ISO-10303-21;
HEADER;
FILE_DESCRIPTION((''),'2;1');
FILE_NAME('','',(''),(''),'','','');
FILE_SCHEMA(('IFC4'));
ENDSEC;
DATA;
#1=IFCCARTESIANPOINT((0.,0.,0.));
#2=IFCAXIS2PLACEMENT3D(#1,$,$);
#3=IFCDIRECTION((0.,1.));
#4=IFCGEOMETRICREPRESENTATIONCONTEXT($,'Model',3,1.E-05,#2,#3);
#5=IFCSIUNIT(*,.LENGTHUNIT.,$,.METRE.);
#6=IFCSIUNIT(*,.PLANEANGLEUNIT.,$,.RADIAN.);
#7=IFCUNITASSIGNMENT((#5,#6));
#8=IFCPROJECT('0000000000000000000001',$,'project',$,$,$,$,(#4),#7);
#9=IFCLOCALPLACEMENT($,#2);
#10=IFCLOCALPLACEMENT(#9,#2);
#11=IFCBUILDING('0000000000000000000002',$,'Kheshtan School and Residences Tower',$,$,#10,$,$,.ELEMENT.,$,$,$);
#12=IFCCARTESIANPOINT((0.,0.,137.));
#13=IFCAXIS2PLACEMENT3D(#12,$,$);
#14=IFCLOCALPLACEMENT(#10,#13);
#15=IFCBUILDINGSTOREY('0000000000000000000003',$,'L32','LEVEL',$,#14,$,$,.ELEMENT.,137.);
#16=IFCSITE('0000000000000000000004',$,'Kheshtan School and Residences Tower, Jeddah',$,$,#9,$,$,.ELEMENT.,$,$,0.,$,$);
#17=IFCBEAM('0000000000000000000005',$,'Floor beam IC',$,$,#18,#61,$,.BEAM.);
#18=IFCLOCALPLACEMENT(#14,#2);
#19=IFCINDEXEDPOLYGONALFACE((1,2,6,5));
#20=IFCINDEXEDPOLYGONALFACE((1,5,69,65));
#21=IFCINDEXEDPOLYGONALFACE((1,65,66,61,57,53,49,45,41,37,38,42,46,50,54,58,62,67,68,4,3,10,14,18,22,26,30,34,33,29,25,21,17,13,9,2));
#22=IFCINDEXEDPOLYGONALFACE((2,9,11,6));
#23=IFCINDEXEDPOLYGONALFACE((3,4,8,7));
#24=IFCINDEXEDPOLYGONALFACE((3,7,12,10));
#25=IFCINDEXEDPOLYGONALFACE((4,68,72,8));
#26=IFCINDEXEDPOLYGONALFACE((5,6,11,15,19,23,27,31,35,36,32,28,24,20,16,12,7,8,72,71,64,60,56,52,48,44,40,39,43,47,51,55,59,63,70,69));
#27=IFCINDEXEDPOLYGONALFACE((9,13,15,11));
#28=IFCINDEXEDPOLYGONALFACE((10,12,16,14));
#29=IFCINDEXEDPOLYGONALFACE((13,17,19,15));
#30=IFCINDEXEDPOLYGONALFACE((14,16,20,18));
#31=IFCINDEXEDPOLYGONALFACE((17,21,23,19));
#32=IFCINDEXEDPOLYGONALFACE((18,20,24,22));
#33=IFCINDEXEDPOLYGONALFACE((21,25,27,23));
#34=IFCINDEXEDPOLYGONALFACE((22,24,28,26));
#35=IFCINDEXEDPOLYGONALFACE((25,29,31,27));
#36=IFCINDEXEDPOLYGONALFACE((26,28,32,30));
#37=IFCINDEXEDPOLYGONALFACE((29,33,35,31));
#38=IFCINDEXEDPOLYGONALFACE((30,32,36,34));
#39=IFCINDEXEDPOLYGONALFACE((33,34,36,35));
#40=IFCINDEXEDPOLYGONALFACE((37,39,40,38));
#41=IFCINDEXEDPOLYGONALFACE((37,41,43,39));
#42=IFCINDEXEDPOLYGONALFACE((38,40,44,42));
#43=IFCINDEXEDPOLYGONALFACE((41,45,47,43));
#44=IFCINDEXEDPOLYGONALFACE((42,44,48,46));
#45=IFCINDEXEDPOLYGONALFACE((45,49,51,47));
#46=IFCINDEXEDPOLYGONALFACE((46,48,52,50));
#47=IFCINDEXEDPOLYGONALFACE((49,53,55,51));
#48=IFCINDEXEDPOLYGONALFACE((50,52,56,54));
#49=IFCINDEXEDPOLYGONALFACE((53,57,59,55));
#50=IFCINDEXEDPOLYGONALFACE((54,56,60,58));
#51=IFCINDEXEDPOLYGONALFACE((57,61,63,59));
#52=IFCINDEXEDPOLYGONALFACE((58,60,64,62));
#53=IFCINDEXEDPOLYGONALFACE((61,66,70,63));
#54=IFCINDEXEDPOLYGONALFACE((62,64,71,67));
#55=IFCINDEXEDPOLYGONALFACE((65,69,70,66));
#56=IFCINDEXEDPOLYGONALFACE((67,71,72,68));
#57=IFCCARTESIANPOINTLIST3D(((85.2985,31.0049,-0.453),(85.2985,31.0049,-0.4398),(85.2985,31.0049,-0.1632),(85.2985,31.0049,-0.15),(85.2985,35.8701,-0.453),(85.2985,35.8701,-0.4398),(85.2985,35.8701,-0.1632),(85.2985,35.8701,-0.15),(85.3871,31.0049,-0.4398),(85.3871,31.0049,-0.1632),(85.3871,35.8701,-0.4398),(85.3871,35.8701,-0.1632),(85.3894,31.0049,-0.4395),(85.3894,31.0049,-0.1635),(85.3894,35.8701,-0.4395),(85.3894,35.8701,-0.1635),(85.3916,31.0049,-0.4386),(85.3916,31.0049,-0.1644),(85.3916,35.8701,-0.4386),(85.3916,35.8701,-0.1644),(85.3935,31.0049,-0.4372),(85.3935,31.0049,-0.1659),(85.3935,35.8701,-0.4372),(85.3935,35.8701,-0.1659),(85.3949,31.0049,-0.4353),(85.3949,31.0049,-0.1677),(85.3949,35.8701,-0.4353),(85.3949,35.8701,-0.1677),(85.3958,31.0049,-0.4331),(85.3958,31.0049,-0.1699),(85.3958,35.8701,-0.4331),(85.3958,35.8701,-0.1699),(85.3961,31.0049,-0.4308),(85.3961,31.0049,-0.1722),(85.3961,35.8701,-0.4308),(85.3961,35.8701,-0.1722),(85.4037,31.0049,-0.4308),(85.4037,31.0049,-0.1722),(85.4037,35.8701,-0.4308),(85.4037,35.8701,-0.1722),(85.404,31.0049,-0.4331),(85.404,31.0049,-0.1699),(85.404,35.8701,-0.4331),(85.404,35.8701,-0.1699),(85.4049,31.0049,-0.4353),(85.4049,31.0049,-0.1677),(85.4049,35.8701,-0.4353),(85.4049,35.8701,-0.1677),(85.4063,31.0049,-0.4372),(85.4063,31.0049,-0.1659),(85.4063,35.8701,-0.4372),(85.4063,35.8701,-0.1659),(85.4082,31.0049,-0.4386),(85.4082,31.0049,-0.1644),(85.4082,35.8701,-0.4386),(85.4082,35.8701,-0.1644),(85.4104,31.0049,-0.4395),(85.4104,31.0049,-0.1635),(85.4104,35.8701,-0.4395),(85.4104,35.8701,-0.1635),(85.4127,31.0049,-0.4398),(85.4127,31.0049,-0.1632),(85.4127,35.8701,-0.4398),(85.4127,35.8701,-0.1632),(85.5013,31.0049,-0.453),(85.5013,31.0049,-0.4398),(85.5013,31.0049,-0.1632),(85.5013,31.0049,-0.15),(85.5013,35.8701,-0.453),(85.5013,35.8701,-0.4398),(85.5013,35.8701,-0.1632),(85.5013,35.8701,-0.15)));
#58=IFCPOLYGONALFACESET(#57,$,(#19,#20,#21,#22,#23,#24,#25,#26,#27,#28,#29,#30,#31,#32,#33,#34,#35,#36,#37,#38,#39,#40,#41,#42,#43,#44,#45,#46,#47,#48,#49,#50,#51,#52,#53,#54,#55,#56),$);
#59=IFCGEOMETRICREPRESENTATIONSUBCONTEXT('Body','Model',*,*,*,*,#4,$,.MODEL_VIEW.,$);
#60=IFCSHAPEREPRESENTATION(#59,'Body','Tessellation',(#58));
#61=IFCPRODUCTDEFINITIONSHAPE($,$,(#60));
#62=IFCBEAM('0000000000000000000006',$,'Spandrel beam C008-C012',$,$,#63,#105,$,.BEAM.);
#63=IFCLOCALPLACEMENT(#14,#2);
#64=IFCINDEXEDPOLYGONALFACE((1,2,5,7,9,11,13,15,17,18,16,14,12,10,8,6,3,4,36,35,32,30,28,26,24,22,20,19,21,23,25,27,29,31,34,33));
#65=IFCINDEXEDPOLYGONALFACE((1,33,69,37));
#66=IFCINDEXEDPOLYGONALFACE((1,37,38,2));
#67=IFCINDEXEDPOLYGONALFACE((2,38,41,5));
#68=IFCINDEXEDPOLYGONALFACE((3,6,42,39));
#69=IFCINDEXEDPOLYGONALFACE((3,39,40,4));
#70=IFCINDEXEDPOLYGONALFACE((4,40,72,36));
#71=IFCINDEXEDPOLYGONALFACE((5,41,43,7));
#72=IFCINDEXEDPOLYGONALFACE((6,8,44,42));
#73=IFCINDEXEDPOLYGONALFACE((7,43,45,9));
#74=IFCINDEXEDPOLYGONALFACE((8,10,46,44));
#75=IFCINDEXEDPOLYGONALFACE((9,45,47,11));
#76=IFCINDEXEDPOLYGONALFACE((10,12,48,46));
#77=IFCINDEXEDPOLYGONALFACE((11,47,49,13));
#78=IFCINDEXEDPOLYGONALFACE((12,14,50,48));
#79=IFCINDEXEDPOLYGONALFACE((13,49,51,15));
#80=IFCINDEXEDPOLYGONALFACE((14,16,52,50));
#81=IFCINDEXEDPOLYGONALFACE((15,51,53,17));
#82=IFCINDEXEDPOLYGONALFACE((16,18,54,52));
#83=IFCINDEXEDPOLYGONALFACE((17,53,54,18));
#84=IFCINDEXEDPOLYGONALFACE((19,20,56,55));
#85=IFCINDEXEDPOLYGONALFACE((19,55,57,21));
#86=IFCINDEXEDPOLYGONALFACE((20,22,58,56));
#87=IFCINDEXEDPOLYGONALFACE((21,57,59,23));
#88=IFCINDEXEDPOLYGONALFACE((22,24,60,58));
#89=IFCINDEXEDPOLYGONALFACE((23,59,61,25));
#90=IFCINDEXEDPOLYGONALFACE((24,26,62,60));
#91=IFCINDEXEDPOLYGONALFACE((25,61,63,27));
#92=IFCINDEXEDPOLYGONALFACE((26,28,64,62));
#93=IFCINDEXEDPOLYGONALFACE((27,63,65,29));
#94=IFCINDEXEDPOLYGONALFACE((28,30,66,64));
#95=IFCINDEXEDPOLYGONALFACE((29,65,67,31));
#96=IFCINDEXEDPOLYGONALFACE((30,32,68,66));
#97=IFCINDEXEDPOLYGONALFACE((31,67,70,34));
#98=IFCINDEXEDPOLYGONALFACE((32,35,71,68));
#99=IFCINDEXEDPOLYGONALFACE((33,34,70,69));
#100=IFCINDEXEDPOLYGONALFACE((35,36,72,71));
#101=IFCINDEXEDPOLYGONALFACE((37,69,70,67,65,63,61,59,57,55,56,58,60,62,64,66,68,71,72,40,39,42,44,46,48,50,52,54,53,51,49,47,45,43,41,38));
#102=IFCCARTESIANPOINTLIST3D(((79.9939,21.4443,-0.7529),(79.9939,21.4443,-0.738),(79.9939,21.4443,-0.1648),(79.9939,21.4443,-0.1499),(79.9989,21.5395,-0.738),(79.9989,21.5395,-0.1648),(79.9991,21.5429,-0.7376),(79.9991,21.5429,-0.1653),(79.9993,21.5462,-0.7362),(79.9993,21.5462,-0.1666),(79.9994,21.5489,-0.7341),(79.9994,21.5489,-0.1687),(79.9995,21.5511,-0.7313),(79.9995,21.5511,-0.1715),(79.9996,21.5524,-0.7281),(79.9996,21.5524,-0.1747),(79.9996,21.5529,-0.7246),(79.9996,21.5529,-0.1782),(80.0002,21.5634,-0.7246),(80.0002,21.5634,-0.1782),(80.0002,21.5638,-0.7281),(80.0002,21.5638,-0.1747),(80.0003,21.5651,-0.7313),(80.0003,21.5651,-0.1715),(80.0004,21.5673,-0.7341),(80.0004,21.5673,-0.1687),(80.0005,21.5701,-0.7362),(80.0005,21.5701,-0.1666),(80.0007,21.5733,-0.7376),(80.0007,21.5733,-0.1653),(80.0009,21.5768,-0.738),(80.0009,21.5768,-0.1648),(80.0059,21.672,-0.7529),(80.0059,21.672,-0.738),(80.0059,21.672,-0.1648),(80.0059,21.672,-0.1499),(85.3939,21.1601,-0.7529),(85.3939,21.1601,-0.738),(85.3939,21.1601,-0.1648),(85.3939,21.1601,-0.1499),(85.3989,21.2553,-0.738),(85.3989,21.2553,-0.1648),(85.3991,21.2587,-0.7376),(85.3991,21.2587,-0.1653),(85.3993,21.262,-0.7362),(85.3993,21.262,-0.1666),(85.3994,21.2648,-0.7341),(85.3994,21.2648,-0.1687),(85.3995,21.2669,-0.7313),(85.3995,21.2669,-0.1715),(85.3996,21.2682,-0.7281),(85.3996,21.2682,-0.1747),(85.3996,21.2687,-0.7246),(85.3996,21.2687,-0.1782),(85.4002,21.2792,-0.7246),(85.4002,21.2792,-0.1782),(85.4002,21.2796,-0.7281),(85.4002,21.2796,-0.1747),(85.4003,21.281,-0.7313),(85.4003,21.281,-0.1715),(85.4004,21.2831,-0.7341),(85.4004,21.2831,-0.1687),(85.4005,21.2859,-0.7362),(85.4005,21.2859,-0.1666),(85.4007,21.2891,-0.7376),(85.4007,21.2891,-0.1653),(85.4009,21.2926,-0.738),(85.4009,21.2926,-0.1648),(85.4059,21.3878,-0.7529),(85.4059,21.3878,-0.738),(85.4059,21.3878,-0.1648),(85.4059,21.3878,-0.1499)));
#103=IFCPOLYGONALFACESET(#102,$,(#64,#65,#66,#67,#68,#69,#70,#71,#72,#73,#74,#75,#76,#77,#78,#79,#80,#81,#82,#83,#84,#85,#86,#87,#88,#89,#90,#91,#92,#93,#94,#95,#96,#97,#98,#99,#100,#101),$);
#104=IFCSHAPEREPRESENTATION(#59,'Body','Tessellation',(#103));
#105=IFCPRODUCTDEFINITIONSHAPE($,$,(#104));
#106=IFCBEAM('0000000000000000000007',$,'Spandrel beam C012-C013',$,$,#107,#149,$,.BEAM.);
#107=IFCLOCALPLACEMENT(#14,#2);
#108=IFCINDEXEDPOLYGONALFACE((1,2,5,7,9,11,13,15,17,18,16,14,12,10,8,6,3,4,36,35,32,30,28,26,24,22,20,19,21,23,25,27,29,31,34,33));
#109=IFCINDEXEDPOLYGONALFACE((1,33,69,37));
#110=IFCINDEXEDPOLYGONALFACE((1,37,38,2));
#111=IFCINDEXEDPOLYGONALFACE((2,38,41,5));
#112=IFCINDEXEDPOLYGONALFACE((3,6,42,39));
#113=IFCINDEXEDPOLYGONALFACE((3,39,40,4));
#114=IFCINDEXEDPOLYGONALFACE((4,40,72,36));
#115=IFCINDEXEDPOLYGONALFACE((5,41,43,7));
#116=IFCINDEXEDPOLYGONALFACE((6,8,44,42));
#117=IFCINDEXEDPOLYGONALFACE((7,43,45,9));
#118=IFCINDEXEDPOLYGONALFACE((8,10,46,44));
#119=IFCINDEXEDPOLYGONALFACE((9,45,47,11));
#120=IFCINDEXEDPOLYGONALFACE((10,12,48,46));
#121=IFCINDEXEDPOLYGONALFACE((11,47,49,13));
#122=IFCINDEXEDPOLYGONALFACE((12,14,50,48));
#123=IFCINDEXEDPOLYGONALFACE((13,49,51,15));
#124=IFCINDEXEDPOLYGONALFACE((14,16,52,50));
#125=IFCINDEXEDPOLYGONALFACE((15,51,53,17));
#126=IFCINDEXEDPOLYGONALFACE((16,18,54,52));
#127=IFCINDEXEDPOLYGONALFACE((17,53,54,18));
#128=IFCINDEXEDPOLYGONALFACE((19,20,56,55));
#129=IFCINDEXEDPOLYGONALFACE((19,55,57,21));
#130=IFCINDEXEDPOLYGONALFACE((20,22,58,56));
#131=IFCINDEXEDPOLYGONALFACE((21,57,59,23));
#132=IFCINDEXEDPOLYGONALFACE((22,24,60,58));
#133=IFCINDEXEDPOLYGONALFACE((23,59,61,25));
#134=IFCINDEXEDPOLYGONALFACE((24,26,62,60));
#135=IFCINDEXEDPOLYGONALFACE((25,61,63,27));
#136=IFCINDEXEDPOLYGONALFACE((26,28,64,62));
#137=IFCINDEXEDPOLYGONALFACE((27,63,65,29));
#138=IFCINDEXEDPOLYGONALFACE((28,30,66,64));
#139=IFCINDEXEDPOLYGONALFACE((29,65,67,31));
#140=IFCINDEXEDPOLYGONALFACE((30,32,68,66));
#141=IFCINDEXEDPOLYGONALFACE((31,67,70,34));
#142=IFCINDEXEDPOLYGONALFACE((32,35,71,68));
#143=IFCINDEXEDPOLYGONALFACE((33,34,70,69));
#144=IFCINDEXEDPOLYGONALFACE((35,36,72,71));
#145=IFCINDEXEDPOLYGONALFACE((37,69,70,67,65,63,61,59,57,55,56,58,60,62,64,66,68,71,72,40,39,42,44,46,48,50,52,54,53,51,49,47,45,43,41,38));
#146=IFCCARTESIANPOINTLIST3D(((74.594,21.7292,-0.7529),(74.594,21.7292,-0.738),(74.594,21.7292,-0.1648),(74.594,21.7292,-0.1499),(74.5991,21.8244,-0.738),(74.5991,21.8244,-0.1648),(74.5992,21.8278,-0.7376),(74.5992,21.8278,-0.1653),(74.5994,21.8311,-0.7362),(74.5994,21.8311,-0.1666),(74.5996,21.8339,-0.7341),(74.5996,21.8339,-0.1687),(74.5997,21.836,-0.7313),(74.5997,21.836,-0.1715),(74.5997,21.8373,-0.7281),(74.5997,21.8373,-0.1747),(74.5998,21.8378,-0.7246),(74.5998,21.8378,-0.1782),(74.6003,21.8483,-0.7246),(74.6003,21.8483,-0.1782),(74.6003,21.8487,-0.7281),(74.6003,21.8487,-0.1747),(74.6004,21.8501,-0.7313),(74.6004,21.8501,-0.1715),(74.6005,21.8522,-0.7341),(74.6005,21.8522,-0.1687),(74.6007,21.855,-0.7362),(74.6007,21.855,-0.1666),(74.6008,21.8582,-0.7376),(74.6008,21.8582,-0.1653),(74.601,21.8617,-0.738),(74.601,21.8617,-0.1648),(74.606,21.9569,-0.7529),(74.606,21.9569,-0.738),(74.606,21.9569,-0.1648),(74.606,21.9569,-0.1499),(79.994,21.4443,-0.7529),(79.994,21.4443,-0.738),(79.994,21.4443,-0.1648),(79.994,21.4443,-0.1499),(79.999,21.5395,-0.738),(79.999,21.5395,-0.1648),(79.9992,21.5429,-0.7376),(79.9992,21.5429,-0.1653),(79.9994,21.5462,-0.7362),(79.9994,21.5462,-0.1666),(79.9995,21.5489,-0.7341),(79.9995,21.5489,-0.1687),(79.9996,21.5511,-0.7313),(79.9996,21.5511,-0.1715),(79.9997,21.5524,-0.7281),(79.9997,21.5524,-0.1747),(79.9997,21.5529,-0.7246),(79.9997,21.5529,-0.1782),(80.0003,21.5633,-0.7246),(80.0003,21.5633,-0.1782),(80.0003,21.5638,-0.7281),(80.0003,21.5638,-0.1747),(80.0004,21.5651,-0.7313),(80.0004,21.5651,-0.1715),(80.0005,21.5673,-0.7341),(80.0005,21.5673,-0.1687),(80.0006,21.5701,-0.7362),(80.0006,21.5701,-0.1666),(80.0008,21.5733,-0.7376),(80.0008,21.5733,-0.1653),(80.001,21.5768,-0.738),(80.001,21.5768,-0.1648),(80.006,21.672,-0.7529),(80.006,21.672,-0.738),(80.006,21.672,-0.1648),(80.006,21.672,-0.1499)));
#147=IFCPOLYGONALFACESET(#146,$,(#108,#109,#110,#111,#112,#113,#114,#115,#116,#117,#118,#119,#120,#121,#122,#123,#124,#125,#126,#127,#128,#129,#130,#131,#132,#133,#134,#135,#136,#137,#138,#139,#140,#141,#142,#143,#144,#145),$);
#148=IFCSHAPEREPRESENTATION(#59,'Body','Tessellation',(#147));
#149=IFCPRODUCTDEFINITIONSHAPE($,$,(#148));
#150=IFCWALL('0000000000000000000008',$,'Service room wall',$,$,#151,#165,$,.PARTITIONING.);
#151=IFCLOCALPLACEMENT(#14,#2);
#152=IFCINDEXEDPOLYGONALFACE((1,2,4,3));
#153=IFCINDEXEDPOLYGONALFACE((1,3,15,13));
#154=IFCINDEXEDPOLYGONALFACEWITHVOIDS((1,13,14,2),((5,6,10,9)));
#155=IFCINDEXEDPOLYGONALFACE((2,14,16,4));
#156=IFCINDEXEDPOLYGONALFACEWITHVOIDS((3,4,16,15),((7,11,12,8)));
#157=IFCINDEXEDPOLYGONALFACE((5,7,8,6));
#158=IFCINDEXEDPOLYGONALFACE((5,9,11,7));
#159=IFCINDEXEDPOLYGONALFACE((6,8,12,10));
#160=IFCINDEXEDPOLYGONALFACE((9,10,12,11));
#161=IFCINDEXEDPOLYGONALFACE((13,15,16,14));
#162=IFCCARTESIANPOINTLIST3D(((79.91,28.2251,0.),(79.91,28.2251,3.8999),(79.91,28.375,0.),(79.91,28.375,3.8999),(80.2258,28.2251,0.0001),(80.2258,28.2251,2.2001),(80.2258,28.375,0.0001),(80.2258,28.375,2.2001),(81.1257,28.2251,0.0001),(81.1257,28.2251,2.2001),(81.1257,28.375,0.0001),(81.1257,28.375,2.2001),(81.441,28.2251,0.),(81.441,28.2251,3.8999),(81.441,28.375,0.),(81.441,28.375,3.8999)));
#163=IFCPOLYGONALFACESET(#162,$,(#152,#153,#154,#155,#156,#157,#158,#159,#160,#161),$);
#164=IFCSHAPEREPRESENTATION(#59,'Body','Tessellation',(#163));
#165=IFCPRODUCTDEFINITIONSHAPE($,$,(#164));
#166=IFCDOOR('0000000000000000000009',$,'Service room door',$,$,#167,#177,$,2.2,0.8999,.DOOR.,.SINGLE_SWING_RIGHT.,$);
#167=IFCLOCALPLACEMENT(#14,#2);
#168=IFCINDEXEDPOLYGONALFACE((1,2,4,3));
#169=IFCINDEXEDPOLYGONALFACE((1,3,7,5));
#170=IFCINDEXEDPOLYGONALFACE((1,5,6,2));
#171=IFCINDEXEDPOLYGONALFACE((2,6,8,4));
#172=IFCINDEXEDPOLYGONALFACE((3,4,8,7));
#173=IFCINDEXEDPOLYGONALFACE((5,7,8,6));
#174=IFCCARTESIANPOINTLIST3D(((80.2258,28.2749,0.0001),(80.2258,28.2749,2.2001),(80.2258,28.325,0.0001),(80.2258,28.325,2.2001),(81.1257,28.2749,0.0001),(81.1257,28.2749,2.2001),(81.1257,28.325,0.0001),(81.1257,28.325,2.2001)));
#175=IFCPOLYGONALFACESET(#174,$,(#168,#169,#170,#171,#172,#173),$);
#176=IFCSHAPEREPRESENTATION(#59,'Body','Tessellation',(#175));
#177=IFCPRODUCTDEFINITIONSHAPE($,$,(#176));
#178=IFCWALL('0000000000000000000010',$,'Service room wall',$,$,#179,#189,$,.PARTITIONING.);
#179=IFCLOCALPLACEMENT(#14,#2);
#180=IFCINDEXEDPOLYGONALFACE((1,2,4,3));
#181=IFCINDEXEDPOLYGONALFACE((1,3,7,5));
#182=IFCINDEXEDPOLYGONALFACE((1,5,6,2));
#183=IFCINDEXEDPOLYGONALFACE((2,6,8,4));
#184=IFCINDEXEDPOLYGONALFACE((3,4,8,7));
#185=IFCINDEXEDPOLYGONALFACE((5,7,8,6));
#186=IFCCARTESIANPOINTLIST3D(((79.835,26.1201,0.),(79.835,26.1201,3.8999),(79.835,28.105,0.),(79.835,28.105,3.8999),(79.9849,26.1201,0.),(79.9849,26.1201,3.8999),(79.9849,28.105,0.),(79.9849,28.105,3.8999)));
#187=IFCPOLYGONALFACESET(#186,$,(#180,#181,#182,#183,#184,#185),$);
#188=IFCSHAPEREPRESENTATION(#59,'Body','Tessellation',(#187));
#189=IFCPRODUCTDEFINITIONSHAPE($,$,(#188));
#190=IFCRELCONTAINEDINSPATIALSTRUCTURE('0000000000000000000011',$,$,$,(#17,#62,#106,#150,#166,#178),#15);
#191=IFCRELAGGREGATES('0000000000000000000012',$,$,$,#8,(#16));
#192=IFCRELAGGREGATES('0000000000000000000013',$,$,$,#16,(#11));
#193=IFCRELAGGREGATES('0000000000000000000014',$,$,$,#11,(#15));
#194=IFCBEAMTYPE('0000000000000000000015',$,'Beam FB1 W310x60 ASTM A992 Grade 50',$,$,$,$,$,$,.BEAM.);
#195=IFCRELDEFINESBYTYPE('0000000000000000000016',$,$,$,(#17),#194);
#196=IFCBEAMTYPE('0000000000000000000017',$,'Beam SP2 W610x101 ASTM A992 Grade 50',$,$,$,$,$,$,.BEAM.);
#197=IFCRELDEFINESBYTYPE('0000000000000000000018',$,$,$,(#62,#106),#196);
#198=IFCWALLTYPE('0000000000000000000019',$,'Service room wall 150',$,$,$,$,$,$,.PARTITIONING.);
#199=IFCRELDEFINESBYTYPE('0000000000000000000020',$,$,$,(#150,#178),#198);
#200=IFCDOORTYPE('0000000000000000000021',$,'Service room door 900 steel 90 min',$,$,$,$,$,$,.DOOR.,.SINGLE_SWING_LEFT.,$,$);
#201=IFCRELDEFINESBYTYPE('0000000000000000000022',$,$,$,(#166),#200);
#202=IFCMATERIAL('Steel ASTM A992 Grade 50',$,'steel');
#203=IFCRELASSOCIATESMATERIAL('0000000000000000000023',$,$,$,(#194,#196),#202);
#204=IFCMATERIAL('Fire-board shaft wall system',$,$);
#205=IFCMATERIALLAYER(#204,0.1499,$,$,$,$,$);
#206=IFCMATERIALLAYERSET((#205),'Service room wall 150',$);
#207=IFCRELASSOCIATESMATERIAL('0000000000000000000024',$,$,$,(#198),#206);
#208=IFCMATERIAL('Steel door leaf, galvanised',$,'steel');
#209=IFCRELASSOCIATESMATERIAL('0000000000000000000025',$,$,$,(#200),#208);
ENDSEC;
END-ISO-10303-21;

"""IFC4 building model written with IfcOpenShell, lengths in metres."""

from ifc_helpers import new_model, si_unit, direction, frame, frame_2d, origin, origin_2d, place, context, subcontext, project, spatial, rectangle, i_section, extrude, source, transform, mapped, material, layer, layer_set, material_profile, profile_set, type_object, element, fill, save


model = new_model("IFC4")

# Units and contexts
model_context = context("Model", 3, precision=1e-05, world=origin(), true_north=direction((0.0, 1.0)))
body_context = subcontext(model_context, "Body", "Model", "MODEL_VIEW")
ifc_project = project(units=[si_unit("LENGTHUNIT", "METRE"), si_unit("PLANEANGLEUNIT", "RADIAN")], contexts=[model_context])

# Site, building, storey
site_placement = place(None, origin())
site = spatial("IfcSite", under=ifc_project, at=site_placement, Name="Kheshtan School and Residences Tower, Jeddah", CompositionType="ELEMENT", RefElevation=0.0)
building_placement = place(site_placement, origin())
building = spatial("IfcBuilding", under=site, at=building_placement, Name="Kheshtan School and Residences Tower", CompositionType="ELEMENT")
storey_placement = place(building_placement, frame((0.0, 0.0, 137.0)))
storey = spatial("IfcBuildingStorey", under=building, at=storey_placement, Name="L32", Description="LEVEL", CompositionType="ELEMENT", Elevation=137.0)

# Shared definitions
ifc_material_1 = material(Name="Steel ASTM A992 Grade 50", Category="steel")

# Beams
ifc_material_profile_1 = material_profile(ifc_material_1, i_section(OverallWidth=0.2029, OverallDepth=0.303, WebThickness=0.0076, FlangeThickness=0.0132, FilletRadius=0.009, at=origin_2d()), Name="W310x60")
ifc_profile_set_1 = profile_set([ifc_material_profile_1], Name="Steel ASTM A992 Grade 50")
beam_type_1 = type_object("IfcBeamType", Name="Beam FB1 W310x60 ASTM A992 Grade 50", PredefinedType="BEAM", material=ifc_profile_set_1)
beam_placement = place(storey_placement, frame((85.3999, 31.0049, -0.3015), z_axis=(0.0, 1.0, 0.0), x_axis=(-1.0, 0.0, 0.0)))
element("IfcBeam", 1, at=beam_placement, inside=storey, type_object=beam_type_1, Name="Floor beam IC", PredefinedType="BEAM", context=body_context, shape_type="SweptSolid", body=[
    extrude(i_section(OverallWidth=0.2029, OverallDepth=0.303, WebThickness=0.0076, FlangeThickness=0.0132, FilletRadius=0.009, at=origin_2d()), origin(), (0.0, 0.0, 1.0), 4.8652),
])
ifc_material_profile_2 = material_profile(ifc_material_1, i_section(OverallWidth=0.228, OverallDepth=0.603, WebThickness=0.0105, FlangeThickness=0.0149, FilletRadius=0.0134, at=origin_2d()), Name="W610x101")
ifc_profile_set_2 = profile_set([ifc_material_profile_2], Name="Steel ASTM A992 Grade 50")
beam_type_2 = type_object("IfcBeamType", Name="Beam SP2 W610x101 ASTM A992 Grade 50", PredefinedType="BEAM", material=ifc_profile_set_2)
for number, where, z_axis, x_axis, name in (
    (2, (85.3999, 21.2739, -0.4514), (-0.998618, 0.052554, 0.0), (-0.052554, -0.998618, 0.0), "Spandrel beam C008-C012"),
    (3, (80.0, 21.5581, -0.4514), (-0.998611, 0.052689, 0.0), (-0.052689, -0.998611, 0.0), "Spandrel beam C012-C013"),
):
    element("IfcBeam", number, at=place(storey_placement, frame(where, z_axis=z_axis, x_axis=x_axis)), inside=storey, type_object=beam_type_2, Name=name, PredefinedType="BEAM", context=body_context, shape_type="SweptSolid", body=[
        extrude(i_section(OverallWidth=0.228, OverallDepth=0.603, WebThickness=0.0105, FlangeThickness=0.0149, FilletRadius=0.0134, at=origin_2d()), origin(), (0.0, 0.0, 1.0), 5.4075),
    ])

# Wall, opening, door
ifc_material_2 = material(Name="Fire-board shaft wall system")
ifc_layer_1 = layer(ifc_material_2, 0.1499)
ifc_layer_set_1 = layer_set([ifc_layer_1], Name="Service room wall 150")
wall_type_1 = type_object("IfcWallType", Name="Service room wall 150", PredefinedType="PARTITIONING", material=ifc_layer_set_1)
wall_1_placement = place(storey_placement, frame((79.9099, 28.3, 0.0), z_axis=(0.0, 0.0, 1.0), x_axis=(1.0, 0.0, 0.0)))
wall_1 = element("IfcWall", 4, at=wall_1_placement, inside=storey, type_object=wall_type_1, Name="Service room wall", PredefinedType="PARTITIONING", context=body_context, shape_type="SweptSolid", body=[
    extrude(rectangle(XDim=1.531, YDim=0.1499, at=frame_2d((0.7656, 0.0))), origin(), (0.0, 0.0, 1.0), 3.8999),
])
opening_1_placement = place(wall_1_placement, frame((0.3159, 0.0, 0.0)))
opening_1 = element("IfcOpeningElement", 5, at=opening_1_placement, cuts=wall_1, PredefinedType="OPENING", context=body_context, shape_type="SweptSolid", body=[
    extrude(rectangle(XDim=0.8999, YDim=2.2, at=frame_2d((0.45, 1.1001))), frame((0.0, 0.085, 0.0), z_axis=(0.0, -1.0, 0.0), x_axis=(1.0, 0.0, 0.0)), (0.0, 0.0, 1.0), 0.1699),
])
ifc_material_3 = material(Name="Steel door leaf, galvanised", Category="steel")
door_type_1 = type_object("IfcDoorType", Name="Service room door 900 steel 90 min", OperationType="SINGLE_SWING_LEFT", PredefinedType="DOOR", material=ifc_material_3)
shared_shape_1 = source(origin(), body_context, "Body", "SweptSolid", [
    extrude(rectangle(XDim=0.8999, YDim=2.2, at=frame_2d((0.45, 1.1001))), frame((0.0, 0.0249, 0.0), z_axis=(0.0, -1.0, 0.0), x_axis=(1.0, 0.0, 0.0)), (0.0, 0.0, 1.0), 0.05),
])
door_1_placement = place(opening_1_placement, origin())
door_1 = element("IfcDoor", 6, at=door_1_placement, inside=storey, type_object=door_type_1, Name="Service room door", OperationType="SINGLE_SWING_RIGHT", OverallHeight=2.2, OverallWidth=0.8999, PredefinedType="DOOR", context=body_context, shape_type="MappedRepresentation", body=[
    mapped(shared_shape_1, transform((0.0, 0.0, 0.0), x_axis=(1.0, 0.0, 0.0), y_axis=(0.0, 1.0, 0.0), z_axis=(0.0, 0.0, 1.0), scale=1.0)),
])
fill(opening_1, door_1)

# Wall
wall_2_placement = place(storey_placement, frame((79.9099, 26.1201, 0.0), z_axis=(0.0, 0.0, 1.0), x_axis=(0.0, 1.0, 0.0)))
element("IfcWall", 7, at=wall_2_placement, inside=storey, type_object=wall_type_1, Name="Service room wall", PredefinedType="PARTITIONING", context=body_context, shape_type="SweptSolid", body=[
    extrude(rectangle(XDim=1.9849, YDim=0.1499, at=frame_2d((0.9924, 0.0))), origin(), (0.0, 0.0, 1.0), 3.8999),
])

save(model, "model.ifc")
